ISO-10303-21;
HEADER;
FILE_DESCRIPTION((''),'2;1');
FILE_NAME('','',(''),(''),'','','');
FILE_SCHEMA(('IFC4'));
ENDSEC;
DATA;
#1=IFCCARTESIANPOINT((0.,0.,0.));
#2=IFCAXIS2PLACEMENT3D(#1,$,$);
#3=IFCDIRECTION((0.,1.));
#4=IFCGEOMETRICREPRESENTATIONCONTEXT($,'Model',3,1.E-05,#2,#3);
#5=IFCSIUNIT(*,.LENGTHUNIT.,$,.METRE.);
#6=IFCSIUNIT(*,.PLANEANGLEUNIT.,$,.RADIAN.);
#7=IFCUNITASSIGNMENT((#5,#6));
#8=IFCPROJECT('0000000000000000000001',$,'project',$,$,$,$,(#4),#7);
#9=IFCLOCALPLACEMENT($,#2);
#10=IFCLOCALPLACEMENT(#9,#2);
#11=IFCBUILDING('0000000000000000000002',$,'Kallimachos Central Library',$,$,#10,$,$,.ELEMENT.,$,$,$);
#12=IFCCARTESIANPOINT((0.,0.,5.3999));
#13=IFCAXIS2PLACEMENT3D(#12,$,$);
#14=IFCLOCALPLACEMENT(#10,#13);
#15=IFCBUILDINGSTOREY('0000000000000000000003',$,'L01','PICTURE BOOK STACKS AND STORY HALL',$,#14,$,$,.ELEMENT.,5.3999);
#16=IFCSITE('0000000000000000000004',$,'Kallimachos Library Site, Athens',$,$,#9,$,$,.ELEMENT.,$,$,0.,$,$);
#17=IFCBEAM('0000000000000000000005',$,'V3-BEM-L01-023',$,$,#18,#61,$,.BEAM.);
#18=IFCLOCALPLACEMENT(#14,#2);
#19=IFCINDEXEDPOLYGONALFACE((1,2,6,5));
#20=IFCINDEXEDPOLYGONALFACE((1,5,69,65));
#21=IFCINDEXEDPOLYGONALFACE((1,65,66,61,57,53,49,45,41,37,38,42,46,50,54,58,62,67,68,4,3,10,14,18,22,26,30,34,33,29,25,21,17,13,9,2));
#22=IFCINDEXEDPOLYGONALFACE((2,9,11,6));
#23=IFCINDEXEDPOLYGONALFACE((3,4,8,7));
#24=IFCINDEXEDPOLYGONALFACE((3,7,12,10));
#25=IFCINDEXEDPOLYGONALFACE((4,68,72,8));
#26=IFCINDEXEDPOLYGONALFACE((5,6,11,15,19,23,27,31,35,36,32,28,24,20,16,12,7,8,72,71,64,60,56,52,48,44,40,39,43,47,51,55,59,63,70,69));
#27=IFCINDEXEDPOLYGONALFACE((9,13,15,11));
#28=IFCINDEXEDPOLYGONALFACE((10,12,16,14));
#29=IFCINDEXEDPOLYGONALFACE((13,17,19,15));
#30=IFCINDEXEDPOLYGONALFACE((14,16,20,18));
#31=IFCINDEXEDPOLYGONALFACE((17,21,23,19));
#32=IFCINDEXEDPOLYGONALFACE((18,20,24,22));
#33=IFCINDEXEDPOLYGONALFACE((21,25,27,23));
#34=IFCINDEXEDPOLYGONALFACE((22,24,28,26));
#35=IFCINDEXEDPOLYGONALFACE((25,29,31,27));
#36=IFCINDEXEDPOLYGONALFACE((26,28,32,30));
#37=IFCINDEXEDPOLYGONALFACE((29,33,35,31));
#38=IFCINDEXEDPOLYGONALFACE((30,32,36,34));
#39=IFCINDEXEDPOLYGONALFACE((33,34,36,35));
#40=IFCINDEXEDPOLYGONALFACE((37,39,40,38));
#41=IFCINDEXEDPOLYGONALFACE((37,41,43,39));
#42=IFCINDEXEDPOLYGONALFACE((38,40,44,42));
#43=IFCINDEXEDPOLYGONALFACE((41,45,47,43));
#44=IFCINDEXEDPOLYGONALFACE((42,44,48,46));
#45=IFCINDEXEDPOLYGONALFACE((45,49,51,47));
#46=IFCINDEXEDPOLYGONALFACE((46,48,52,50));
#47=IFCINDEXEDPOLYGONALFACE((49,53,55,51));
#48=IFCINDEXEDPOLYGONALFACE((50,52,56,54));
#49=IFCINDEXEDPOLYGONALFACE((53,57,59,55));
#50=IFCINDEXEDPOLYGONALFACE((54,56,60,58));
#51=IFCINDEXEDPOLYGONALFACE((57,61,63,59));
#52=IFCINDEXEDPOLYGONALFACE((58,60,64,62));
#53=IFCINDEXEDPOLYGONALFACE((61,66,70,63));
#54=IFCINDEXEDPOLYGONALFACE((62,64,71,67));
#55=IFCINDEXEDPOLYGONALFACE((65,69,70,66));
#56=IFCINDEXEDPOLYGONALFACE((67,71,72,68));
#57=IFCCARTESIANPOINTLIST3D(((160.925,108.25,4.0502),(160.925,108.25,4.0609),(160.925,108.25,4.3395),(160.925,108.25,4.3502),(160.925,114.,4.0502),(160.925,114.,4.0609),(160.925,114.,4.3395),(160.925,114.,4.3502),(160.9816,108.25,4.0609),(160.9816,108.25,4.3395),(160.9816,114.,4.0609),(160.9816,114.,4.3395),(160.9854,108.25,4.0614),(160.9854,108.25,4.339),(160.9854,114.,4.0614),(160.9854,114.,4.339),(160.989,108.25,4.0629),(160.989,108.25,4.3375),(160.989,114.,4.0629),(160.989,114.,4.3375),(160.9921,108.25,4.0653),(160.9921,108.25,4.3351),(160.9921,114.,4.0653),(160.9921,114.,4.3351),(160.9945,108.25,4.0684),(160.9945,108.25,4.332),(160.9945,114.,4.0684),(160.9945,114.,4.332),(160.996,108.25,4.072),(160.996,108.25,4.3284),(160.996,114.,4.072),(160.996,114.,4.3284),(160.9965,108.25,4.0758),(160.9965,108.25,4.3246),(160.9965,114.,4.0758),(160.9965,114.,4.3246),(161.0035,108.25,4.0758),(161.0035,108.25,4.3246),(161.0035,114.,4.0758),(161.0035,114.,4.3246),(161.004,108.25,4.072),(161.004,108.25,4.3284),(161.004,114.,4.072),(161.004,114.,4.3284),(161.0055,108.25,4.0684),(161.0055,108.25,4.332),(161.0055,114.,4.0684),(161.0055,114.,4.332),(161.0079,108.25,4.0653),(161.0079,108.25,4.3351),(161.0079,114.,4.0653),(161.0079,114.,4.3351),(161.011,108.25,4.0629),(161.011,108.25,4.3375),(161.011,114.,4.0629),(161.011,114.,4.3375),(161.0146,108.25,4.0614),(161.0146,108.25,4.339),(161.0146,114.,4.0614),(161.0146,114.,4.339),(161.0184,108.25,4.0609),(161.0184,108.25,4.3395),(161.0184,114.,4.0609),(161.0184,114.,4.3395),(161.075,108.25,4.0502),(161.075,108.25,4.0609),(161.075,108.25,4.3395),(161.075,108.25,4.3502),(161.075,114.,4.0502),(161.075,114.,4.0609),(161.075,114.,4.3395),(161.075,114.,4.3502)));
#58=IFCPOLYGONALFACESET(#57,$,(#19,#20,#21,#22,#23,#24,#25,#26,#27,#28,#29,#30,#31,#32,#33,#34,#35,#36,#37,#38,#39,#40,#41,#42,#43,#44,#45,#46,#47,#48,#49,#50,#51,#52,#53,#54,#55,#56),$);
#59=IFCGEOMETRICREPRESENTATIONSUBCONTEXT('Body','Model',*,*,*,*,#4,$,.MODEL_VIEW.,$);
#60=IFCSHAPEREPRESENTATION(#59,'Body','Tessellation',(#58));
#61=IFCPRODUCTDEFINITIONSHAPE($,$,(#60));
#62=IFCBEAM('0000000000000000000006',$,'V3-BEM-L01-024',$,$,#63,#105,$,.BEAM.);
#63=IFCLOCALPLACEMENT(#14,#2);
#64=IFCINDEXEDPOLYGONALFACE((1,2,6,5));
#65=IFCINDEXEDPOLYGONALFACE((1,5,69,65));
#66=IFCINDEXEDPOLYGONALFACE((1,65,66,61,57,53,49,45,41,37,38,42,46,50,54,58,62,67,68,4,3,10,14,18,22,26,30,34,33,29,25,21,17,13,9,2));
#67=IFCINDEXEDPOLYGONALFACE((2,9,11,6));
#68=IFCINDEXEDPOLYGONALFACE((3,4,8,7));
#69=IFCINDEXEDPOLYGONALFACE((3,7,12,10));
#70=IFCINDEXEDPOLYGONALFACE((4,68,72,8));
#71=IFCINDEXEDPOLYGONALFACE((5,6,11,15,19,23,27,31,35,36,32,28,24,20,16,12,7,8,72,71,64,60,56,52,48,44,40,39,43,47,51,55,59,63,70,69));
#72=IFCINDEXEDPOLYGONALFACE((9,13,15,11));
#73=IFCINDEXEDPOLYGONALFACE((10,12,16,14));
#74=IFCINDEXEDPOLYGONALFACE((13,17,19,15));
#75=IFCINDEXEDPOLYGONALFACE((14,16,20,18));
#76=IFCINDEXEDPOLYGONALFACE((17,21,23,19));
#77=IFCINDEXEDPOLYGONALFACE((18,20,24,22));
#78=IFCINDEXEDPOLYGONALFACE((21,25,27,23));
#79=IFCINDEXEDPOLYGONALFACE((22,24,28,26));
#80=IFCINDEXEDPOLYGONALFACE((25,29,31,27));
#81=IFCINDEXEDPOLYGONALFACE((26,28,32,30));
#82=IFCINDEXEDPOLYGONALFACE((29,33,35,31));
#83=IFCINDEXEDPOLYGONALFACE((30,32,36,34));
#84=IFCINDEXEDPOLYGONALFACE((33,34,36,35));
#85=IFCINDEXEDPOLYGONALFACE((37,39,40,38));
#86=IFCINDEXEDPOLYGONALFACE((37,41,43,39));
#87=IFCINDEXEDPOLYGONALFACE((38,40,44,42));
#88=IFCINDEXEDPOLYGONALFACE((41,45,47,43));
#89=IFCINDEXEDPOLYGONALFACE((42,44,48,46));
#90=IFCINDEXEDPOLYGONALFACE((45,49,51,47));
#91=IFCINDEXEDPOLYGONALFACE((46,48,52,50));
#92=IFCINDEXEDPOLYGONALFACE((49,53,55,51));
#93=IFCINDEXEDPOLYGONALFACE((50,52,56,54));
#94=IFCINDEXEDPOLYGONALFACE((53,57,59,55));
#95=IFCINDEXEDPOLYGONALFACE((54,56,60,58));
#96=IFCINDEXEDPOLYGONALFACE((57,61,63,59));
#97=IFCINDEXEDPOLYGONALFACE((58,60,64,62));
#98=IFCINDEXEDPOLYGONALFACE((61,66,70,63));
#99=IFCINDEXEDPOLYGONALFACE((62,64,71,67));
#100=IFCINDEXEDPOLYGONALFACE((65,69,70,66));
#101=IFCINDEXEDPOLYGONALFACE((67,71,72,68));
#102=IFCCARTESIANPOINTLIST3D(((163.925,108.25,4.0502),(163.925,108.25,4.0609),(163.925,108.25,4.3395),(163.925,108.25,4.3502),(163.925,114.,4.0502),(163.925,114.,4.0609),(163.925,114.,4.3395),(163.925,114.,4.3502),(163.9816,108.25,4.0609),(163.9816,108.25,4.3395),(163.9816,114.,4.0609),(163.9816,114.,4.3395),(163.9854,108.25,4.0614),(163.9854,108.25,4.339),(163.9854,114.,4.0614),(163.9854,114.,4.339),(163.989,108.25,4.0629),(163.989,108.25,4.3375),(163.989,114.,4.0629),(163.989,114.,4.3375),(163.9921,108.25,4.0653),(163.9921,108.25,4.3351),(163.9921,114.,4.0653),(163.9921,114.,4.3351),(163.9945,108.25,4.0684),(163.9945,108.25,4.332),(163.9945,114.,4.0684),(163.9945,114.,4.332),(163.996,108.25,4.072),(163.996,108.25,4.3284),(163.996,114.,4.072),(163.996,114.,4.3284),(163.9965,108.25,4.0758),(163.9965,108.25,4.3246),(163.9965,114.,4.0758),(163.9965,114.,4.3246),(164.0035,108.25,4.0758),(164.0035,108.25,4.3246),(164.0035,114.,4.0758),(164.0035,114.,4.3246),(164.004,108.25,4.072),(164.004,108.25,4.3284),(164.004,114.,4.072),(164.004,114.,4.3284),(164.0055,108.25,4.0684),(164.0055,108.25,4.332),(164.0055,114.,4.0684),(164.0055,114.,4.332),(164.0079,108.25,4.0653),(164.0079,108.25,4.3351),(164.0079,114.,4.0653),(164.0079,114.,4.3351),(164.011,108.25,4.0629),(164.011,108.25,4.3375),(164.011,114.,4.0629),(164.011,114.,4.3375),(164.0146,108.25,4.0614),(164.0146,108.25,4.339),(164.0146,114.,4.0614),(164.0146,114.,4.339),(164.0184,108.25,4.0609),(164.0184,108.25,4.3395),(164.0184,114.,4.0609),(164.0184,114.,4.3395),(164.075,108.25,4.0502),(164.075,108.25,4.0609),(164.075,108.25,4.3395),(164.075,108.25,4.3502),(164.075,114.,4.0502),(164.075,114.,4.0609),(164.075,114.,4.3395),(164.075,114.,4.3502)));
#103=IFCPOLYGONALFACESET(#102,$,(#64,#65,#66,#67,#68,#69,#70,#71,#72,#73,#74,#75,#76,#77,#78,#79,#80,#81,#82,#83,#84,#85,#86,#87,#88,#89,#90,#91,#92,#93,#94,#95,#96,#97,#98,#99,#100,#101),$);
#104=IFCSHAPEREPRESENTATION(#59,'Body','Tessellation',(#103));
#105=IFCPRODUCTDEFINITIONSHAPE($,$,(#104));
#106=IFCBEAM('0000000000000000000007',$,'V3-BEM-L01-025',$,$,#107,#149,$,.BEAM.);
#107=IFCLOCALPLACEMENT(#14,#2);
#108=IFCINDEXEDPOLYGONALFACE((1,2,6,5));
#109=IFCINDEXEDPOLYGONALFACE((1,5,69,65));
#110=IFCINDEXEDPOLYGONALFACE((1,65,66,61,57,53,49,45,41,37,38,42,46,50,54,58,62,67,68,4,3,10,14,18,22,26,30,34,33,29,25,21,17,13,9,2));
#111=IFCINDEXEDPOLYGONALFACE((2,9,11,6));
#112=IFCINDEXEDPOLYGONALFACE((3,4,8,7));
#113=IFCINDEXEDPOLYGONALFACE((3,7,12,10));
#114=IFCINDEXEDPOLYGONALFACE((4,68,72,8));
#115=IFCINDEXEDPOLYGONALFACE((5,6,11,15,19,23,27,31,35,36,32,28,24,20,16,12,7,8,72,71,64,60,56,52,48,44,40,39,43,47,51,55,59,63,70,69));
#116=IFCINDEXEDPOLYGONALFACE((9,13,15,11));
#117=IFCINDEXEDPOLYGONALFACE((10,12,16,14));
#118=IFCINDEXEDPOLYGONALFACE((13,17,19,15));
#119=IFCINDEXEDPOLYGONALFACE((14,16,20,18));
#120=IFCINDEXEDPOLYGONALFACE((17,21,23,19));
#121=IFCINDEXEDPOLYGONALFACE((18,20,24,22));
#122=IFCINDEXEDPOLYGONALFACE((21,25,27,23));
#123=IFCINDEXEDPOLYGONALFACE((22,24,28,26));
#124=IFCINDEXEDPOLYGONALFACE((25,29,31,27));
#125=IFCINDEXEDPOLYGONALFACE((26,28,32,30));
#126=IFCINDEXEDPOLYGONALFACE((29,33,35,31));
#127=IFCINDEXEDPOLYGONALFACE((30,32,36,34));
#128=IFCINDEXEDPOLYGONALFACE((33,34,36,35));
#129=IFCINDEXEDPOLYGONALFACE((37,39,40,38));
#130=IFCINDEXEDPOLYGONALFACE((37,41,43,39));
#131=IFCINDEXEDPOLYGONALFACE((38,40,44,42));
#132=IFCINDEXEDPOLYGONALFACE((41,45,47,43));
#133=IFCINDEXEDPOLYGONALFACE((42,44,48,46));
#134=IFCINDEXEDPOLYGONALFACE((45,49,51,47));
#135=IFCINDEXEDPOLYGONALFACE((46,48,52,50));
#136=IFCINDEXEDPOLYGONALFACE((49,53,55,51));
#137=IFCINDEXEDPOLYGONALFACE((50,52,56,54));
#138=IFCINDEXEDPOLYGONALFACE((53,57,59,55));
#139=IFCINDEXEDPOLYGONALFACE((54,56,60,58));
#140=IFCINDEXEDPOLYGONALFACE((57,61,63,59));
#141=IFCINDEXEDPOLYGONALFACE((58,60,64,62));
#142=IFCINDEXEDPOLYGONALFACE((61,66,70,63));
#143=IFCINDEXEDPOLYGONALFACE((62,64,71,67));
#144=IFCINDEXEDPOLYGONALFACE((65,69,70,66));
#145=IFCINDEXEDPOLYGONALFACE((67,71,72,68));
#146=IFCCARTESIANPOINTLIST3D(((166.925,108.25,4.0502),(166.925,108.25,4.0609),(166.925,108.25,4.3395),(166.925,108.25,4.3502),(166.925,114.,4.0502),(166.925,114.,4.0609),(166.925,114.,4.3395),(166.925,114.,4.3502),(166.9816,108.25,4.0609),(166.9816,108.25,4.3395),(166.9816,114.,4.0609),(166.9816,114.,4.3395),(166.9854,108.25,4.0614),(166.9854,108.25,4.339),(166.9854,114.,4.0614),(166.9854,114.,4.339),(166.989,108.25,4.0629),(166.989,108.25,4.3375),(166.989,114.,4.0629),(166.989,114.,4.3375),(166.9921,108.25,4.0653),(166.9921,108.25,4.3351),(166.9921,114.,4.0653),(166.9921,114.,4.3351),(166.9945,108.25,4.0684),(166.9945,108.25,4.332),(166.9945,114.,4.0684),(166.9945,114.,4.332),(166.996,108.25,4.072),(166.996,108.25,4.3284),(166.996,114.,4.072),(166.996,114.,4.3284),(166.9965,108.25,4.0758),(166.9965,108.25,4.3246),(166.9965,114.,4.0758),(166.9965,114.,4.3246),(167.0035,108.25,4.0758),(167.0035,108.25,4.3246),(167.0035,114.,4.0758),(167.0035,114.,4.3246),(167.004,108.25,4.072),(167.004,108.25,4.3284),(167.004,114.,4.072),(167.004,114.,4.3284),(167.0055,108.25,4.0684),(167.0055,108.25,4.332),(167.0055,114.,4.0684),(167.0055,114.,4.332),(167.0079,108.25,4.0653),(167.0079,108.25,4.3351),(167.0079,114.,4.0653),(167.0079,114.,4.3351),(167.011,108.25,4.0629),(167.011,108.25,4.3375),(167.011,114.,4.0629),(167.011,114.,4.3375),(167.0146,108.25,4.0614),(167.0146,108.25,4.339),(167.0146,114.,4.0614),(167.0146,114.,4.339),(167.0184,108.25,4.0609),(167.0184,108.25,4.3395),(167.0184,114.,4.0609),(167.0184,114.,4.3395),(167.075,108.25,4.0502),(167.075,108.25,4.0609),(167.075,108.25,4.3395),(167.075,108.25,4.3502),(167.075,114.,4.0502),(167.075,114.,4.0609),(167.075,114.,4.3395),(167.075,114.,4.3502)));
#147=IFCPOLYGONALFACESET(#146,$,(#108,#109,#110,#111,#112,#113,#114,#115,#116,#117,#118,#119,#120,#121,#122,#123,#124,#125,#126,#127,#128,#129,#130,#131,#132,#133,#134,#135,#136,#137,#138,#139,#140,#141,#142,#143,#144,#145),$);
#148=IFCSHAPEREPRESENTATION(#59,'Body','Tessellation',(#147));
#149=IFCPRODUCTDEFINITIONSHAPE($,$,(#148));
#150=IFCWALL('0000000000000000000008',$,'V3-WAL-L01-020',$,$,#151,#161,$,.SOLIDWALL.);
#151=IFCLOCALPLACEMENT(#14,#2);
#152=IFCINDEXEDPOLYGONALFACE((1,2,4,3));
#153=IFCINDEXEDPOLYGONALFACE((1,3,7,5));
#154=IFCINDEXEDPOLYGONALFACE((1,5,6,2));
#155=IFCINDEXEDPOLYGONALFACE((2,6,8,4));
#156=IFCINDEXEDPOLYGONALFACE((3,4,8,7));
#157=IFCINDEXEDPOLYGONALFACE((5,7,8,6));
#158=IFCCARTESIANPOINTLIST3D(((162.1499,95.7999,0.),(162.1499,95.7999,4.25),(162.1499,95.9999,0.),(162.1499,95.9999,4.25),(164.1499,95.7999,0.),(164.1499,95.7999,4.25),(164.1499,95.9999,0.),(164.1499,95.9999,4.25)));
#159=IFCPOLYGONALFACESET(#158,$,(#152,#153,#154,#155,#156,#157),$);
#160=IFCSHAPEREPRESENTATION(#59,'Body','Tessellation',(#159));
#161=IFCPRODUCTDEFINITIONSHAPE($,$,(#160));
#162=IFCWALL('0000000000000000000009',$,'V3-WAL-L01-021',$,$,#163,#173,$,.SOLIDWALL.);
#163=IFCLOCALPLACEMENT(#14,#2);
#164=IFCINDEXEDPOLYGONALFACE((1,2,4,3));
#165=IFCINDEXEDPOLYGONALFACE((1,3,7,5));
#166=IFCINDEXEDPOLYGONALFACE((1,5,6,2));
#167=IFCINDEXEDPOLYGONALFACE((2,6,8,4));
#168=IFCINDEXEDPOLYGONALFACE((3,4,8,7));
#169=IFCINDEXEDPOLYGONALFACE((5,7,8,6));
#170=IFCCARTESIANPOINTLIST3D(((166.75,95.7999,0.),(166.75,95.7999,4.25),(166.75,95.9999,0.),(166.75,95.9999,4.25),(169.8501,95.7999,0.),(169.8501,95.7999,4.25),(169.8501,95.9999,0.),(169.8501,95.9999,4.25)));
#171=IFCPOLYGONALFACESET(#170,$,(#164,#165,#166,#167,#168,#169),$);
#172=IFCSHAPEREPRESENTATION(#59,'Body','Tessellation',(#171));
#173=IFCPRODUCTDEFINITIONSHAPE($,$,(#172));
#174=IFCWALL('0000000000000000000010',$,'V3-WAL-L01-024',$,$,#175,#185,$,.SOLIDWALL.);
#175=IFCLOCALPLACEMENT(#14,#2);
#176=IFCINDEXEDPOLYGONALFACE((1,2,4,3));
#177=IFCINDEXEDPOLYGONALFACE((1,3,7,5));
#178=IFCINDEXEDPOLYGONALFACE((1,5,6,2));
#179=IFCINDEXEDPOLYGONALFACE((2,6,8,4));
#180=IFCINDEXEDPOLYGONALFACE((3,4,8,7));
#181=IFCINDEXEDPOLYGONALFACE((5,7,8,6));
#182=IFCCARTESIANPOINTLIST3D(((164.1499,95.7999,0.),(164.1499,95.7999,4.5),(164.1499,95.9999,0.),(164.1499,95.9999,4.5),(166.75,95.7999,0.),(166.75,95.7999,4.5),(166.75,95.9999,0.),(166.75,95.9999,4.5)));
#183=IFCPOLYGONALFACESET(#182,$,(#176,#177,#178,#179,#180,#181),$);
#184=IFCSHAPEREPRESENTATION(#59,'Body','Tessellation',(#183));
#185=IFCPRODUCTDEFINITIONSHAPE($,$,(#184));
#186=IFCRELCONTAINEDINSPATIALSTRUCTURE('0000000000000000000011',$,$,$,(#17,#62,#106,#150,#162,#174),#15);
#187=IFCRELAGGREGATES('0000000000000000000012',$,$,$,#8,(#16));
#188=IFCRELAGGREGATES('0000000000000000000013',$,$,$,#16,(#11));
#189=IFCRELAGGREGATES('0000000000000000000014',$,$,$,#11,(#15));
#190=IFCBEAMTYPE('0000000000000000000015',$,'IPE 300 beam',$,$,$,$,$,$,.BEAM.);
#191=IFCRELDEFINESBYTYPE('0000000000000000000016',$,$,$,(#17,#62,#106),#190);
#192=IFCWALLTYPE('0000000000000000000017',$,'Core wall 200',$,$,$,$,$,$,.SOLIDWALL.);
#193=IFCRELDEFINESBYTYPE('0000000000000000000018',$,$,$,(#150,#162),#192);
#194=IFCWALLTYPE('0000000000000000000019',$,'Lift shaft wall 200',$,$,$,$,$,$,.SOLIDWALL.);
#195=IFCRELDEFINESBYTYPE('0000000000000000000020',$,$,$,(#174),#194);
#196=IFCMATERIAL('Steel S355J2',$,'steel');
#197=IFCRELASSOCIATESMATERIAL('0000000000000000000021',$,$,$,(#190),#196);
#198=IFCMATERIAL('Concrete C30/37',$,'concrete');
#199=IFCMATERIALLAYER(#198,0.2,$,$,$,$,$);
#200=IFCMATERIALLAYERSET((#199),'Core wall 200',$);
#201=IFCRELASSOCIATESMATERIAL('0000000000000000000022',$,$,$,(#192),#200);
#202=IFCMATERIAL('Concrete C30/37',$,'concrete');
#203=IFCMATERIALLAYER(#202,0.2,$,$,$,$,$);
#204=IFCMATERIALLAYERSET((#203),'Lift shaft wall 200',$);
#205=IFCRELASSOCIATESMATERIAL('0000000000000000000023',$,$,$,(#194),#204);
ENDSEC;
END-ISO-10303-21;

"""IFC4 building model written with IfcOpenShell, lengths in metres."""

from ifc_helpers import new_model, si_unit, direction, frame, frame_2d, origin, origin_2d, place, context, subcontext, project, spatial, rectangle, i_section, extrude, material, layer, layer_set, material_profile, profile_set, type_object, element, save


model = new_model("IFC4")

# Units and contexts
model_context = context("Model", 3, precision=1e-05, world=origin(), true_north=direction((0.0, 1.0)))
body_context = subcontext(model_context, "Body", "Model", "MODEL_VIEW")
ifc_project = project(units=[si_unit("LENGTHUNIT", "METRE"), si_unit("PLANEANGLEUNIT", "RADIAN")], contexts=[model_context])

# Site, building, storey
site_placement = place(None, origin())
site = spatial("IfcSite", under=ifc_project, at=site_placement, Name="Kallimachos Library Site, Athens", CompositionType="ELEMENT", RefElevation=0.0)
building_placement = place(site_placement, origin())
building = spatial("IfcBuilding", under=site, at=building_placement, Name="Kallimachos Central Library", CompositionType="ELEMENT")
storey_placement = place(building_placement, frame((0.0, 0.0, 5.3999)))
storey = spatial("IfcBuildingStorey", under=building, at=storey_placement, Name="L01", Description="PICTURE BOOK STACKS AND STORY HALL", CompositionType="ELEMENT", Elevation=5.3999)

# Beams
ifc_material_1 = material(Name="Steel S355J2", Category="steel")
ifc_material_profile_1 = material_profile(ifc_material_1, i_section(OverallWidth=0.1499, OverallDepth=0.3, WebThickness=0.0071, FlangeThickness=0.0107, FilletRadius=0.0149, at=origin_2d()), Name="IPE 300")
ifc_profile_set_1 = profile_set([ifc_material_profile_1], Name="Steel S355J2")
beam_type = type_object("IfcBeamType", Name="IPE 300 beam", PredefinedType="BEAM", material=ifc_profile_set_1)
for number, where, z_axis, x_axis, name in (
    (1, (161.0, 108.25, 4.2002), (0.0, 1.0, 0.0), (-1.0, 0.0, 0.0), "V3-BEM-L01-023"),
    (2, (164.0, 108.25, 4.2002), (0.0, 1.0, 0.0), (-1.0, 0.0, 0.0), "V3-BEM-L01-024"),
    (3, (167.0, 108.25, 4.2002), (0.0, 1.0, 0.0), (-1.0, 0.0, 0.0), "V3-BEM-L01-025"),
):
    element("IfcBeam", number, at=place(storey_placement, frame(where, z_axis=z_axis, x_axis=x_axis)), inside=storey, type_object=beam_type, Name=name, PredefinedType="BEAM", context=body_context, shape_type="SweptSolid", body=[
        extrude(i_section(OverallWidth=0.1499, OverallDepth=0.3, WebThickness=0.0071, FlangeThickness=0.0107, FilletRadius=0.0149, at=origin_2d()), origin(), (0.0, 0.0, 1.0), 5.75),
    ])

# Walls
ifc_material_2 = material(Name="Concrete C30/37", Category="concrete")
ifc_layer_1 = layer(ifc_material_2, 0.2)
ifc_layer_set_1 = layer_set([ifc_layer_1], Name="Core wall 200")
wall_type_1 = type_object("IfcWallType", Name="Core wall 200", PredefinedType="SOLIDWALL", material=ifc_layer_set_1)
wall_1_placement = place(storey_placement, frame((162.1499, 95.8999, 0.0), z_axis=(0.0, 0.0, 1.0), x_axis=(1.0, 0.0, 0.0)))
element("IfcWall", 4, at=wall_1_placement, inside=storey, type_object=wall_type_1, Name="V3-WAL-L01-020", PredefinedType="SOLIDWALL", context=body_context, shape_type="SweptSolid", body=[
    extrude(rectangle(XDim=2.0, YDim=0.2, at=frame_2d((1.0, 0.0))), origin(), (0.0, 0.0, 1.0), 4.25),
])
wall_2_placement = place(storey_placement, frame((166.75, 95.8999, 0.0), z_axis=(0.0, 0.0, 1.0), x_axis=(1.0, 0.0, 0.0)))
element("IfcWall", 5, at=wall_2_placement, inside=storey, type_object=wall_type_1, Name="V3-WAL-L01-021", PredefinedType="SOLIDWALL", context=body_context, shape_type="SweptSolid", body=[
    extrude(rectangle(XDim=3.1001, YDim=0.2, at=frame_2d((1.55, 0.0))), origin(), (0.0, 0.0, 1.0), 4.25),
])
ifc_material_3 = material(Name="Concrete C30/37", Category="concrete")
ifc_layer_2 = layer(ifc_material_3, 0.2)
ifc_layer_set_2 = layer_set([ifc_layer_2], Name="Lift shaft wall 200")
wall_type_2 = type_object("IfcWallType", Name="Lift shaft wall 200", PredefinedType="SOLIDWALL", material=ifc_layer_set_2)
wall_3_placement = place(storey_placement, frame((164.1499, 95.8999, 0.0), z_axis=(0.0, 0.0, 1.0), x_axis=(1.0, 0.0, 0.0)))
element("IfcWall", 6, at=wall_3_placement, inside=storey, type_object=wall_type_2, Name="V3-WAL-L01-024", PredefinedType="SOLIDWALL", context=body_context, shape_type="SweptSolid", body=[
    extrude(rectangle(XDim=2.6001, YDim=0.2, at=frame_2d((1.3, 0.0))), origin(), (0.0, 0.0, 1.0), 4.5),
])

save(model, "model.ifc")
